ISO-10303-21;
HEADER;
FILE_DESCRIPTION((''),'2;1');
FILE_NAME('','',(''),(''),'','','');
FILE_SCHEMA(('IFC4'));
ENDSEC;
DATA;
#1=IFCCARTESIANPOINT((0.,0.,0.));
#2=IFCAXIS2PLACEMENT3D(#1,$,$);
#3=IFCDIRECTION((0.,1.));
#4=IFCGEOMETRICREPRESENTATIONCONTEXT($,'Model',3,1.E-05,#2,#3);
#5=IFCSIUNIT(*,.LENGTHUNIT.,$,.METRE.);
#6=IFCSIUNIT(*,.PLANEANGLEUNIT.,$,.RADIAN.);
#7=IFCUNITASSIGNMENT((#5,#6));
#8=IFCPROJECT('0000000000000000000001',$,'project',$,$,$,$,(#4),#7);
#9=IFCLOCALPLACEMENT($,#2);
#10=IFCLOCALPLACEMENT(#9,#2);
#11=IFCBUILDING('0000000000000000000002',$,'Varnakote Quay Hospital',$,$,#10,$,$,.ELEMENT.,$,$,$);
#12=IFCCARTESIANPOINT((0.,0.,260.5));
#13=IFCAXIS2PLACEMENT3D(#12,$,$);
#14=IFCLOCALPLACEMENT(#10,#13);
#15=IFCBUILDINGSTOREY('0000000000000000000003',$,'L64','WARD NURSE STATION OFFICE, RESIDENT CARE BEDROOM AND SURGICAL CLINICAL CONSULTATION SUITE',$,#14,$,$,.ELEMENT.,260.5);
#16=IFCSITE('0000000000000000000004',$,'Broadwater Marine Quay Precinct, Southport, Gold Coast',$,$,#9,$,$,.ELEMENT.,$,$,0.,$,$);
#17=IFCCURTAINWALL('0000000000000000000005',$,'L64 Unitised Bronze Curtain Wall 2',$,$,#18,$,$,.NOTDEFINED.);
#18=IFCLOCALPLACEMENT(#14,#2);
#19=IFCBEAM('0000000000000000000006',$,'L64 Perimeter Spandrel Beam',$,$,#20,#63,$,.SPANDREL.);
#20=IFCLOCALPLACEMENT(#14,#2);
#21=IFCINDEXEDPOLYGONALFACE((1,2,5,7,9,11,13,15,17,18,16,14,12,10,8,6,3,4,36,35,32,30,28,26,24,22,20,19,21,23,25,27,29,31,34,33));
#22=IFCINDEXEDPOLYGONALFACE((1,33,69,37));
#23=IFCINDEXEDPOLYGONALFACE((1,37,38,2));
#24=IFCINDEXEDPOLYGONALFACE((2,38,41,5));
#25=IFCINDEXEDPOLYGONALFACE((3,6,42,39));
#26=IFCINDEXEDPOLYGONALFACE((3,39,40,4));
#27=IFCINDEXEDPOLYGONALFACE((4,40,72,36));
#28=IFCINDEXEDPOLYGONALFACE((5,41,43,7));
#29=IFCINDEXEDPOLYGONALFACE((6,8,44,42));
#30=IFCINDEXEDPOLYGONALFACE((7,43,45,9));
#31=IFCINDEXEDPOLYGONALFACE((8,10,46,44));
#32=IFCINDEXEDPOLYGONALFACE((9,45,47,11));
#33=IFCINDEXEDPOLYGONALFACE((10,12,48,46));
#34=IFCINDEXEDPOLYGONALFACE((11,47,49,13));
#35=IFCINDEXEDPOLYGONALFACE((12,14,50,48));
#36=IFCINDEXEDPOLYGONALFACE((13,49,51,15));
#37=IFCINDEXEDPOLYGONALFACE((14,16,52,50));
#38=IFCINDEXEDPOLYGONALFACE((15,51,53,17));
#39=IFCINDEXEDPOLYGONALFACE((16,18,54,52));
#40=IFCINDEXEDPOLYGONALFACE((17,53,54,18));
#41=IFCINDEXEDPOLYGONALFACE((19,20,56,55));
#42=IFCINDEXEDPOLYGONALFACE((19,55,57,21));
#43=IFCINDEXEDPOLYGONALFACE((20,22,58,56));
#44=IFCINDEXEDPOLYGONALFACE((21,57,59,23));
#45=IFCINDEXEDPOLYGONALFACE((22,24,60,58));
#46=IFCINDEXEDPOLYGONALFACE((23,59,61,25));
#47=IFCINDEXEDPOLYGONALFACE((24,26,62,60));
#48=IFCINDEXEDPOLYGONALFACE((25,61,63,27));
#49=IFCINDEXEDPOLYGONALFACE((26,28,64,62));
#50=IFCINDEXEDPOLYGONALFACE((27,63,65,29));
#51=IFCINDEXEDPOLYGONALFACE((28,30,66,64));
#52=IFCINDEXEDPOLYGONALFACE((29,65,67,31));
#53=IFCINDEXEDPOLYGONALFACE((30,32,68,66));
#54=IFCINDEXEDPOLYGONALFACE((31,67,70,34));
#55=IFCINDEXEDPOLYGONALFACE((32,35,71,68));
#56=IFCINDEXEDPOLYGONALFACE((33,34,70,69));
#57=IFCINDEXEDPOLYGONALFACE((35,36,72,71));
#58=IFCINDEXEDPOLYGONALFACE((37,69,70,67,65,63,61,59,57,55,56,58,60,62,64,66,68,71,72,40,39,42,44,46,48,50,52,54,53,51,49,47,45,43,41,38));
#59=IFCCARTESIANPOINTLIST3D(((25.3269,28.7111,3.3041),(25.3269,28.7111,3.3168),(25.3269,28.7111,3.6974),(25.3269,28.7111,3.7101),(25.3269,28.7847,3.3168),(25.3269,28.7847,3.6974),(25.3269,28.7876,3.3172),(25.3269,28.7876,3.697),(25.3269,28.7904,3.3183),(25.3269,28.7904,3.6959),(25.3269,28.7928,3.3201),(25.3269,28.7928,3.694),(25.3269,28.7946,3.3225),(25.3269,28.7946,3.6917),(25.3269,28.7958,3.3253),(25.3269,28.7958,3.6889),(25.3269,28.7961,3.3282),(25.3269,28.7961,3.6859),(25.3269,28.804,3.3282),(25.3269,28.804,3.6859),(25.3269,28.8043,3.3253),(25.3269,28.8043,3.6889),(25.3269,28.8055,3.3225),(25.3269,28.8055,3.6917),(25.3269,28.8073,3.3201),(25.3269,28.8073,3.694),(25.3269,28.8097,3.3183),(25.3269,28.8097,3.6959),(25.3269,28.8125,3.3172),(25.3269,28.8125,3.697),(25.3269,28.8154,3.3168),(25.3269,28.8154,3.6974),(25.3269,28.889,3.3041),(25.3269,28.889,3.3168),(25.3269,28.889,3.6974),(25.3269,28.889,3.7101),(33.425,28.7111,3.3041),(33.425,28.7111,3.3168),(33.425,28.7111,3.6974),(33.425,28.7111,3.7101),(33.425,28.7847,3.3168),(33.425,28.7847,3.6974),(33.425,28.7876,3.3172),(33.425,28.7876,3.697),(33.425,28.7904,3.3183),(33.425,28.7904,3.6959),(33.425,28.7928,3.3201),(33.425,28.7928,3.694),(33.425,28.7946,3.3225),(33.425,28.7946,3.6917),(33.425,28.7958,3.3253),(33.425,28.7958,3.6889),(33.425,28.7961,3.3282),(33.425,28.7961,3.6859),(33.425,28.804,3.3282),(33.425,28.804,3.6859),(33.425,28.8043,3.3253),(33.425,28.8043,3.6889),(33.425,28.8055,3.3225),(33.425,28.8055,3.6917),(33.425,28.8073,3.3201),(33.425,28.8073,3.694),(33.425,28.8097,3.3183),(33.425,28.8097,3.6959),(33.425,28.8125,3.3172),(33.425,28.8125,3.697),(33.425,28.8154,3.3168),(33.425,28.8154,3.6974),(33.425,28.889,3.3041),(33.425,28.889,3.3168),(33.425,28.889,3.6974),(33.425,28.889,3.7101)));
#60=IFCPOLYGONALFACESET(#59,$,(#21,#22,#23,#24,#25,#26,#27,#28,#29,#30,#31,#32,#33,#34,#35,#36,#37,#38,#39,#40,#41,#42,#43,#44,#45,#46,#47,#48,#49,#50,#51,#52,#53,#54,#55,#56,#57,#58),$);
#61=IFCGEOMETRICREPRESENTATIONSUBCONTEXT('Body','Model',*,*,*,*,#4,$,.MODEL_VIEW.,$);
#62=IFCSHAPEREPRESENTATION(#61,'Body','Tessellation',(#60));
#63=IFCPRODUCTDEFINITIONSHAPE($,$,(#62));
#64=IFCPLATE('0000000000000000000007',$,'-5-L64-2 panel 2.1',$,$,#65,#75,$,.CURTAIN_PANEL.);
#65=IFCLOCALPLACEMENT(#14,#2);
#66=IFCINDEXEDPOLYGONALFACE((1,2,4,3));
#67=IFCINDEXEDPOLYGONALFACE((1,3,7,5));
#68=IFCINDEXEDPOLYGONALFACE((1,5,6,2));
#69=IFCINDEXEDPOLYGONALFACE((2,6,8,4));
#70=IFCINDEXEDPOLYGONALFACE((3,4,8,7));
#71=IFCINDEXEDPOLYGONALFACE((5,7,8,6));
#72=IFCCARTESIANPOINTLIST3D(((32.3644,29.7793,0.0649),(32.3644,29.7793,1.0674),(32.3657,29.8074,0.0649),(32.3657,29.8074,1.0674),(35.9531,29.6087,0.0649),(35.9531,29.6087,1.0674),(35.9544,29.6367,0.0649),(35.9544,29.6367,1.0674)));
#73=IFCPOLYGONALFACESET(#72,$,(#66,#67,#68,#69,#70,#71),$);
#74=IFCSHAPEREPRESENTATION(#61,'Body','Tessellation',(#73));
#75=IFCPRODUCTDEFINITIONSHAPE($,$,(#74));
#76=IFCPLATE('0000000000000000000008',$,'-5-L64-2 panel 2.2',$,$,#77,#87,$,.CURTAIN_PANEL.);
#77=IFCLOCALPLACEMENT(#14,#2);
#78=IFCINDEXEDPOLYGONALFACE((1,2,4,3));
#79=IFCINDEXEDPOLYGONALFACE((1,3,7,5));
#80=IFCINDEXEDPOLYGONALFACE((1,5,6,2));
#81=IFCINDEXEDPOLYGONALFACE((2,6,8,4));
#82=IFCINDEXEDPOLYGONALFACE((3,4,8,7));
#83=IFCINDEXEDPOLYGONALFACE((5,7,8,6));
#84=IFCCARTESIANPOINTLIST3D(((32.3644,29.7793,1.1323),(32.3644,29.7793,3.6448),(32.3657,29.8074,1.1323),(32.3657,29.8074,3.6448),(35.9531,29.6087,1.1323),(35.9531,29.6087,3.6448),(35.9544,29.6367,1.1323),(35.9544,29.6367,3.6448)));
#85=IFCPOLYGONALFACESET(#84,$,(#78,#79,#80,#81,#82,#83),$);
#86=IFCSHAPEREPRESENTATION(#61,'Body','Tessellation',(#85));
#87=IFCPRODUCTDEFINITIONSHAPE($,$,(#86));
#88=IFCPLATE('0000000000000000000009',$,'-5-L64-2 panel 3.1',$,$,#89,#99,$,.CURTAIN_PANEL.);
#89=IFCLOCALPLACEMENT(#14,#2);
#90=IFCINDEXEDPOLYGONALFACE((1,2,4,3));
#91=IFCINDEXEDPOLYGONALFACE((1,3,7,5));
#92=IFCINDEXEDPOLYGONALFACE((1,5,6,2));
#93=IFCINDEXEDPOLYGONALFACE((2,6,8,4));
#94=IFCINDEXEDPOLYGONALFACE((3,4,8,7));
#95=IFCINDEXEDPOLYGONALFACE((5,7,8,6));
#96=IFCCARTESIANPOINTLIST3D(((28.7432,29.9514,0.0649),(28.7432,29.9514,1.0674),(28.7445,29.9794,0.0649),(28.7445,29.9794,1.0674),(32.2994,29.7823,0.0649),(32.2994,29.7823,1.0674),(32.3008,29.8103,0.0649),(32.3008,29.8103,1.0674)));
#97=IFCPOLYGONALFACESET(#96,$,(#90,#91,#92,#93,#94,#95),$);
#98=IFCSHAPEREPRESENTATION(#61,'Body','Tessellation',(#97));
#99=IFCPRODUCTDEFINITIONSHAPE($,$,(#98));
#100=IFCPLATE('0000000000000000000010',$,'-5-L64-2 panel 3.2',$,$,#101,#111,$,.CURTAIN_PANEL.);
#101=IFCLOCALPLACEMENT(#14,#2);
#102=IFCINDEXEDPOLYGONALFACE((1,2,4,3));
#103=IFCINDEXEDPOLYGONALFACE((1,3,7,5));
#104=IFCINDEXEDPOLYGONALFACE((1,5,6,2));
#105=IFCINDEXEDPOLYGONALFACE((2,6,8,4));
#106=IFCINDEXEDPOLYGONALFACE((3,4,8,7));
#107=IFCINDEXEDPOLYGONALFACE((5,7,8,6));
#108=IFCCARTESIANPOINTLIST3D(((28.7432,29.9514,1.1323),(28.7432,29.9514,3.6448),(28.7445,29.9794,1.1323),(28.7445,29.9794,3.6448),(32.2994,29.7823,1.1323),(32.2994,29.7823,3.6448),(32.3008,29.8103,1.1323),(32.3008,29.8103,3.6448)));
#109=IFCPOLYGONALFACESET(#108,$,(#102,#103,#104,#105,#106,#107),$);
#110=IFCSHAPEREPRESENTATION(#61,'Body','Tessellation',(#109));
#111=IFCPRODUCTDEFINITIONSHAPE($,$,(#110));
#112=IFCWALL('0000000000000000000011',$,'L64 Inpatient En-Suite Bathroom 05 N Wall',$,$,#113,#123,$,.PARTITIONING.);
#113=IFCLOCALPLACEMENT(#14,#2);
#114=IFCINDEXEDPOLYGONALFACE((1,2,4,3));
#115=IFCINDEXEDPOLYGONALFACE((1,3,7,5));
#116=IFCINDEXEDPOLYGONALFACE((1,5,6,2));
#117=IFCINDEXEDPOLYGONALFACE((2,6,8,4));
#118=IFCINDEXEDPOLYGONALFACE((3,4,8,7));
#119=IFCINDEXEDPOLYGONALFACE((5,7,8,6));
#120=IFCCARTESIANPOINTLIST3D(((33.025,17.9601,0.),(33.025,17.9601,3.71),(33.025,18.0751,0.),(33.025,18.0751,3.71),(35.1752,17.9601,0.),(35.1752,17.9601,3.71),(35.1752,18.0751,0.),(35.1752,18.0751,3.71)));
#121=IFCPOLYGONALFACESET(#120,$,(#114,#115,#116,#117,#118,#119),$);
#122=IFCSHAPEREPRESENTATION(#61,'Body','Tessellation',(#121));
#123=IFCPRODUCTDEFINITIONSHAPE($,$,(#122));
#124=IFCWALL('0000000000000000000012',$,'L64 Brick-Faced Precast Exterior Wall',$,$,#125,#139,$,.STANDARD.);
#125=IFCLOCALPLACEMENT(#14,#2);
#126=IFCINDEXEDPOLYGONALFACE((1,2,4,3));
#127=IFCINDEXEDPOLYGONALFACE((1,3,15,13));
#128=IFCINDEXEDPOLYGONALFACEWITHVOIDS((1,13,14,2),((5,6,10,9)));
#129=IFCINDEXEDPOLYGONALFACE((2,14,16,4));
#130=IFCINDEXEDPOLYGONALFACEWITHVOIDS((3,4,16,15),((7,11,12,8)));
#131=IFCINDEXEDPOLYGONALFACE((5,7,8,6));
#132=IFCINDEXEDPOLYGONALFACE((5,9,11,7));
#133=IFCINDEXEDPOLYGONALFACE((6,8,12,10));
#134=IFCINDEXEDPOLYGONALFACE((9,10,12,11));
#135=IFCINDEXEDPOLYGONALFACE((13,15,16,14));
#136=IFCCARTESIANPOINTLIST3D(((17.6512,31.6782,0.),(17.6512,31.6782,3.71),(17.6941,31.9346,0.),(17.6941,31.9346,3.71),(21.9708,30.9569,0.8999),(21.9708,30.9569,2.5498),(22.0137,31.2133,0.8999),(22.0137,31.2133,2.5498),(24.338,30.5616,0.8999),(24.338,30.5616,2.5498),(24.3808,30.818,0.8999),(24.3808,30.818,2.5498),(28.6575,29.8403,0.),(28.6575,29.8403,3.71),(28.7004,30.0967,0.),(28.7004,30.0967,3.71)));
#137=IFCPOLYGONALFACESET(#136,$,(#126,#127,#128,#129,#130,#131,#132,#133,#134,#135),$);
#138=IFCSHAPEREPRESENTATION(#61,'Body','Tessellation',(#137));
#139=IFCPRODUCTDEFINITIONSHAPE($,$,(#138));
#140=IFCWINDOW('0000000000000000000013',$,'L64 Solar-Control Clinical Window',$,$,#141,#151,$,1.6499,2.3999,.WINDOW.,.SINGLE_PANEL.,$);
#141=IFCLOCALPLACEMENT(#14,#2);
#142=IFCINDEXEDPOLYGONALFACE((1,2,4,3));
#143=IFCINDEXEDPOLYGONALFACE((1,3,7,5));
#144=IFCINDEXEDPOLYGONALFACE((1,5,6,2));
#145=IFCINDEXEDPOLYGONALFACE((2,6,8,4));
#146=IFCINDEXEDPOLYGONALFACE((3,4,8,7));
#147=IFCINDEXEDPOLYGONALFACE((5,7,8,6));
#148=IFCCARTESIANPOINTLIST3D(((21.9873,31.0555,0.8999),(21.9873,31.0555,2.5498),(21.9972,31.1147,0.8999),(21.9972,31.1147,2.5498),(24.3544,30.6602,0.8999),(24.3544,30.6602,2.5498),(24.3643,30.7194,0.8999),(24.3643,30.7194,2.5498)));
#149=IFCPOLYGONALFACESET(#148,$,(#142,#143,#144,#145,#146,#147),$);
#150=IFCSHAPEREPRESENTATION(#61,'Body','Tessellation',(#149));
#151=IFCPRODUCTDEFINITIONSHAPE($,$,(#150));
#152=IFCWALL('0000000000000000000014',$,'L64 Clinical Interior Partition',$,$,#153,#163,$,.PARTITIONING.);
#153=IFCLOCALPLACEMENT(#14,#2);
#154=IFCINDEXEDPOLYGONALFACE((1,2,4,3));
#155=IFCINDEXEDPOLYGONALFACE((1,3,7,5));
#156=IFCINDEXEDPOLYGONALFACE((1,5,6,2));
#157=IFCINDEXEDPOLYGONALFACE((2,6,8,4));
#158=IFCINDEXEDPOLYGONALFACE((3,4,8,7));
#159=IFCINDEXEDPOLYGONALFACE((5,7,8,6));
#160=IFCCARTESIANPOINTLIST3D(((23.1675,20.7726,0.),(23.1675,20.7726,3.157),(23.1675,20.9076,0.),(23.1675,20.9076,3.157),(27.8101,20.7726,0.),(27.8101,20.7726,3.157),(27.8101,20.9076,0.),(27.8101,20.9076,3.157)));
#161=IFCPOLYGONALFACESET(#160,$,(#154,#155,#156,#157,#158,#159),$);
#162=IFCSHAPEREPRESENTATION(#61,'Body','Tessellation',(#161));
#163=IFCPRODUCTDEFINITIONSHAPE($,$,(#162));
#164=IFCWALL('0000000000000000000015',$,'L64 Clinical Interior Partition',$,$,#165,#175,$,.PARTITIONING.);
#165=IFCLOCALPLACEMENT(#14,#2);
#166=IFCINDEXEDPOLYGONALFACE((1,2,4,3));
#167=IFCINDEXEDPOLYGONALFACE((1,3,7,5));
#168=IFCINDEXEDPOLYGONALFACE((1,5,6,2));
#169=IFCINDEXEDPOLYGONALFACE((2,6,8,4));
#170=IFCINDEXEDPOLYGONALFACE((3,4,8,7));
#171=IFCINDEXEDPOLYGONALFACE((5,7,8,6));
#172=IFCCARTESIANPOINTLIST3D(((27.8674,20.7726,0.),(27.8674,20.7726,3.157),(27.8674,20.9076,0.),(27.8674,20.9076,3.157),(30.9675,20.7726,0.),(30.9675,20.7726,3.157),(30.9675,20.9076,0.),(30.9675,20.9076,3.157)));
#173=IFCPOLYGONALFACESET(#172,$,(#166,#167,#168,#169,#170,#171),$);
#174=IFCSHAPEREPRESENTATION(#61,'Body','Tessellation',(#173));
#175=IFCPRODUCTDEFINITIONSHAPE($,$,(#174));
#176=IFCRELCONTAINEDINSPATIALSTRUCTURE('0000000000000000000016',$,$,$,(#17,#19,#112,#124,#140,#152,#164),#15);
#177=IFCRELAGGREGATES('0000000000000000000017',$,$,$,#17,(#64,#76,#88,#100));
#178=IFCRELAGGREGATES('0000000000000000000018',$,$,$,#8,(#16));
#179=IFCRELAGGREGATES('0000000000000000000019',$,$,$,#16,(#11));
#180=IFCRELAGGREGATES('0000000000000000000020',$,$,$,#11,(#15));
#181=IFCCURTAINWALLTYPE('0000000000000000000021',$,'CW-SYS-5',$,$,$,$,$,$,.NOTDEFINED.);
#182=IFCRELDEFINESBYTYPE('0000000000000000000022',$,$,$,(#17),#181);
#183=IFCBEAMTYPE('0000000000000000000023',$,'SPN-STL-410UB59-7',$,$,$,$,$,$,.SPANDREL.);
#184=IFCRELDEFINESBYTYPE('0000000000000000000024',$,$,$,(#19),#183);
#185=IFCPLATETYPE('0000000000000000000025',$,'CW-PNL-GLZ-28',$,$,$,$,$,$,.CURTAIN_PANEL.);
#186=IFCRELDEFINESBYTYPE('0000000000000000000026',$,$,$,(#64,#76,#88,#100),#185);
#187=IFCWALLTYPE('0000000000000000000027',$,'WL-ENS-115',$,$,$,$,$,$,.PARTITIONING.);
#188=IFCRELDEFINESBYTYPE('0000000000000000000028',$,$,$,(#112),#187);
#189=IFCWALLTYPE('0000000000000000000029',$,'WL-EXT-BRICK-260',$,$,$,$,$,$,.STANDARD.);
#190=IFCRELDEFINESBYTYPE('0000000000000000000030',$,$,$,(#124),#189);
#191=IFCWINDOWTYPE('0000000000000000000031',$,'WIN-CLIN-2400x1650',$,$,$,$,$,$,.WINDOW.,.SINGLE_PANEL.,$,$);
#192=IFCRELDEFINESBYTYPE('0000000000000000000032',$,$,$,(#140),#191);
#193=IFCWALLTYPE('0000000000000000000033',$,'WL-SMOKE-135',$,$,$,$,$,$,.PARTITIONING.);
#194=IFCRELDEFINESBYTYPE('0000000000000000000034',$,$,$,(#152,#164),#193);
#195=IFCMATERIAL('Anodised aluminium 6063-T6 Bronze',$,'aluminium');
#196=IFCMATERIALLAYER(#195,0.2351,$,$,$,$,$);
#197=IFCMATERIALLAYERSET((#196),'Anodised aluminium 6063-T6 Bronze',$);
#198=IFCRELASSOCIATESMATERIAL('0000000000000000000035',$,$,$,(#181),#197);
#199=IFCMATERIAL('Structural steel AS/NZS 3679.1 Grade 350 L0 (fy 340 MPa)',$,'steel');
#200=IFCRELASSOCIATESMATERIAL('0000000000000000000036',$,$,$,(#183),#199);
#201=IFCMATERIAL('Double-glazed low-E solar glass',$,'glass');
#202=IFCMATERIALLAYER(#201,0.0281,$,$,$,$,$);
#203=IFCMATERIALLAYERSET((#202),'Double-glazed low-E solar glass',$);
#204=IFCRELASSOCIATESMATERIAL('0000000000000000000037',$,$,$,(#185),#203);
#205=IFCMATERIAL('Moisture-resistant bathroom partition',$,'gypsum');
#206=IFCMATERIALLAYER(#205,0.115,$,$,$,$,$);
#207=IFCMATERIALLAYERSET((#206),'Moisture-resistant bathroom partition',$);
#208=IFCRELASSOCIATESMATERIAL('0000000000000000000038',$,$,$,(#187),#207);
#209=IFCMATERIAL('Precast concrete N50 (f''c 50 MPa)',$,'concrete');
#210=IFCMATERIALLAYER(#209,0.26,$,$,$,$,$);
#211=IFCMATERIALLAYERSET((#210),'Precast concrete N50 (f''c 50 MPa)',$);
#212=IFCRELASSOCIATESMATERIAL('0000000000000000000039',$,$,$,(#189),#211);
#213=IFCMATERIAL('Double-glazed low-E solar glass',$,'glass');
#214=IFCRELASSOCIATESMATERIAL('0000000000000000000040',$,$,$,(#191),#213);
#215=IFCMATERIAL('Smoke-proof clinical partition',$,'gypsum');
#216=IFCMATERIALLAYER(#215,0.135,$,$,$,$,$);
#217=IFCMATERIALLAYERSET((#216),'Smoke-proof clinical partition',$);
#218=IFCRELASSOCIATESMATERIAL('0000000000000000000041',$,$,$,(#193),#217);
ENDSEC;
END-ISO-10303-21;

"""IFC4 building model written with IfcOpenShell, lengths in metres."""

from ifc_helpers import new_model, si_unit, direction, frame, frame_2d, origin, origin_2d, place, context, subcontext, project, spatial, rectangle, i_section, extrude, material, layer, layer_set, material_profile, profile_set, type_object, element, fill, aggregate, save


model = new_model("IFC4")

# Units and contexts
model_context = context("Model", 3, precision=1e-05, world=origin(), true_north=direction((0.0, 1.0)))
body_context = subcontext(model_context, "Body", "Model", "MODEL_VIEW")
ifc_project = project(units=[si_unit("LENGTHUNIT", "METRE"), si_unit("PLANEANGLEUNIT", "RADIAN")], contexts=[model_context])

# Site, building, storey
site_placement = place(None, origin())
site = spatial("IfcSite", under=ifc_project, at=site_placement, Name="Broadwater Marine Quay Precinct, Southport, Gold Coast", CompositionType="ELEMENT", RefElevation=0.0)
building_placement = place(site_placement, origin())
building = spatial("IfcBuilding", under=site, at=building_placement, Name="Varnakote Quay Hospital", CompositionType="ELEMENT")
storey_placement = place(building_placement, frame((0.0, 0.0, 260.5)))
storey = spatial("IfcBuildingStorey", under=building, at=storey_placement, Name="L64", Description="WARD NURSE STATION OFFICE, RESIDENT CARE BEDROOM AND SURGICAL CLINICAL CONSULTATION SUITE", CompositionType="ELEMENT", Elevation=260.5)

# Curtain wall
ifc_material_1 = material(Name="Anodised aluminium 6063-T6 Bronze", Category="aluminium")
ifc_layer_1 = layer(ifc_material_1, 0.2351)
ifc_layer_set_1 = layer_set([ifc_layer_1], Name="Anodised aluminium 6063-T6 Bronze")
curtain_wall_type = type_object("IfcCurtainWallType", Name="CW-SYS-5", PredefinedType="NOTDEFINED", material=ifc_layer_set_1)
curtain_wall_placement = place(storey_placement, origin())
curtain_wall = element("IfcCurtainWall", 1, at=curtain_wall_placement, inside=storey, type_object=curtain_wall_type, Name="L64 Unitised Bronze Curtain Wall 2", PredefinedType="NOTDEFINED")

# Beam
ifc_material_2 = material(Name="Structural steel AS/NZS 3679.1 Grade 350 L0 (fy 340 MPa)", Category="steel")
ifc_material_profile_1 = material_profile(ifc_material_2, i_section(OverallWidth=0.178, OverallDepth=0.406, WebThickness=0.0078, FlangeThickness=0.0127, FilletRadius=0.0115, at=origin_2d()), Name="410UB59.7")
ifc_profile_set_1 = profile_set([ifc_material_profile_1], Name="Structural steel AS/NZS 3679.1 Grade 350 L0 (fy 340 MPa)")
beam_type_1 = type_object("IfcBeamType", Name="SPN-STL-410UB59-7", PredefinedType="SPANDREL", material=ifc_profile_set_1)
beam_1_placement = place(storey_placement, frame((25.3269, 28.8, 3.5071), z_axis=(1.0, 0.0, 0.0), x_axis=(0.0, 1.0, 0.0)))
element("IfcBeam", 2, at=beam_1_placement, inside=storey, type_object=beam_type_1, Name="L64 Perimeter Spandrel Beam", PredefinedType="SPANDREL", context=body_context, shape_type="SweptSolid", body=[
    extrude(i_section(OverallWidth=0.178, OverallDepth=0.406, WebThickness=0.0078, FlangeThickness=0.0127, FilletRadius=0.0115, at=origin_2d()), origin(), (0.0, 0.0, 1.0), 8.0981),
])

# Plates
ifc_material_3 = material(Name="Double-glazed low-E solar glass", Category="glass")
ifc_layer_2 = layer(ifc_material_3, 0.0281)
ifc_layer_set_2 = layer_set([ifc_layer_2], Name="Double-glazed low-E solar glass")
plate_type = type_object("IfcPlateType", Name="CW-PNL-GLZ-28", PredefinedType="CURTAIN_PANEL", material=ifc_layer_set_2)
plate_1_placement = place(storey_placement, frame((34.1594, 29.708, 0.0649), z_axis=(0.0, 0.0, 1.0), x_axis=(-0.998871, 0.047497, 0.0)))
plate_1 = element("IfcPlate", 3, at=plate_1_placement, type_object=plate_type, Name="-5-L64-2 panel 2.1", PredefinedType="CURTAIN_PANEL", context=body_context, shape_type="SweptSolid", body=[
    extrude(rectangle(XDim=3.5928, YDim=0.0281, at=origin_2d()), origin(), (0.0, 0.0, 1.0), 1.0024),
])
plate_2_placement = place(storey_placement, frame((34.1594, 29.708, 1.1323), z_axis=(0.0, 0.0, 1.0), x_axis=(-0.998871, 0.047497, 0.0)))
plate_2 = element("IfcPlate", 4, at=plate_2_placement, type_object=plate_type, Name="-5-L64-2 panel 2.2", PredefinedType="CURTAIN_PANEL", context=body_context, shape_type="SweptSolid", body=[
    extrude(rectangle(XDim=3.5928, YDim=0.0281, at=origin_2d()), origin(), (0.0, 0.0, 1.0), 2.5125),
])
plate_3_placement = place(storey_placement, frame((30.522, 29.8809, 0.0649), z_axis=(0.0, 0.0, 1.0), x_axis=(-0.998871, 0.047497, 0.0)))
plate_3 = element("IfcPlate", 5, at=plate_3_placement, type_object=plate_type, Name="-5-L64-2 panel 3.1", PredefinedType="CURTAIN_PANEL", context=body_context, shape_type="SweptSolid", body=[
    extrude(rectangle(XDim=3.5603, YDim=0.0281, at=origin_2d()), origin(), (0.0, 0.0, 1.0), 1.0024),
])
plate_4_placement = place(storey_placement, frame((30.522, 29.8809, 1.1323), z_axis=(0.0, 0.0, 1.0), x_axis=(-0.998871, 0.047497, 0.0)))
plate_4 = element("IfcPlate", 6, at=plate_4_placement, type_object=plate_type, Name="-5-L64-2 panel 3.2", PredefinedType="CURTAIN_PANEL", context=body_context, shape_type="SweptSolid", body=[
    extrude(rectangle(XDim=3.5603, YDim=0.0281, at=origin_2d()), origin(), (0.0, 0.0, 1.0), 2.5125),
])
aggregate(curtain_wall, [plate_1, plate_2, plate_3, plate_4])

# Wall
ifc_material_4 = material(Name="Moisture-resistant bathroom partition", Category="gypsum")
ifc_layer_3 = layer(ifc_material_4, 0.115)
ifc_layer_set_3 = layer_set([ifc_layer_3], Name="Moisture-resistant bathroom partition")
wall_type_1 = type_object("IfcWallType", Name="WL-ENS-115", PredefinedType="PARTITIONING", material=ifc_layer_set_3)
wall_1_placement = place(storey_placement, frame((33.0249, 18.0176, 0.0), z_axis=(0.0, 0.0, 1.0), x_axis=(1.0, 0.0, 0.0)))
element("IfcWall", 7, at=wall_1_placement, inside=storey, type_object=wall_type_1, Name="L64 Inpatient En-Suite Bathroom 05 N Wall", PredefinedType="PARTITIONING", context=body_context, shape_type="SweptSolid", body=[
    extrude(rectangle(XDim=2.1501, YDim=0.115, at=frame_2d((1.0752, 0.0))), origin(), (0.0, 0.0, 1.0), 3.71),
])

# Wall, opening, window
ifc_material_5 = material(Name="Precast concrete N50 (f'c 50 MPa)", Category="concrete")
ifc_layer_4 = layer(ifc_material_5, 0.26)
ifc_layer_set_4 = layer_set([ifc_layer_4], Name="Precast concrete N50 (f'c 50 MPa)")
wall_type_2 = type_object("IfcWallType", Name="WL-EXT-BRICK-260", PredefinedType="STANDARD", material=ifc_layer_set_4)
wall_2_placement = place(storey_placement, frame((28.679, 29.9685, 0.0), z_axis=(0.0, 0.0, 1.0), x_axis=(-0.986343, 0.164704, 0.0)))
wall_2 = element("IfcWall", 8, at=wall_2_placement, inside=storey, type_object=wall_type_2, Name="L64 Brick-Faced Precast Exterior Wall", PredefinedType="STANDARD", context=body_context, shape_type="SweptSolid", body=[
    extrude(rectangle(XDim=11.1587, YDim=0.26, at=frame_2d((5.5793, 0.0))), origin(), (0.0, 0.0, 1.0), 3.71),
])
opening_1_placement = place(wall_2_placement, frame((4.3794, 0.0, 0.8999)))
opening_1 = element("IfcOpeningElement", 9, at=opening_1_placement, cuts=wall_2, PredefinedType="OPENING", context=body_context, shape_type="SweptSolid", body=[
    extrude(rectangle(XDim=2.3999, YDim=1.6499, at=frame_2d((1.2, 0.825))), frame((0.0, 0.1399, 0.0), z_axis=(0.0, -1.0, 0.0), x_axis=(1.0, 0.0, 0.0)), (0.0, 0.0, 1.0), 0.28),
])
ifc_material_6 = material(Name="Double-glazed low-E solar glass", Category="glass")
window_type = type_object("IfcWindowType", Name="WIN-CLIN-2400x1650", PartitioningType="SINGLE_PANEL", PredefinedType="WINDOW", material=ifc_material_6)
window_placement = place(opening_1_placement, origin())
window = element("IfcWindow", 10, at=window_placement, inside=storey, type_object=window_type, Name="L64 Solar-Control Clinical Window", OverallHeight=1.6499, OverallWidth=2.3999, PartitioningType="SINGLE_PANEL", PredefinedType="WINDOW", context=body_context, shape_type="SweptSolid", body=[
    extrude(rectangle(XDim=2.3999, YDim=1.6499, at=frame_2d((1.2, 0.825))), frame((0.0, 0.03, 0.0), z_axis=(0.0, -1.0, 0.0), x_axis=(1.0, 0.0, 0.0)), (0.0, 0.0, 1.0), 0.0601),
])
fill(opening_1, window)

# Walls
ifc_material_7 = material(Name="Smoke-proof clinical partition", Category="gypsum")
ifc_layer_5 = layer(ifc_material_7, 0.135)
ifc_layer_set_5 = layer_set([ifc_layer_5], Name="Smoke-proof clinical partition")
wall_type_3 = type_object("IfcWallType", Name="WL-SMOKE-135", PredefinedType="PARTITIONING", material=ifc_layer_set_5)
wall_3_placement = place(storey_placement, frame((27.8101, 20.8401, 0.0), z_axis=(0.0, 0.0, 1.0), x_axis=(-1.0, 0.0, 0.0)))
element("IfcWall", 11, at=wall_3_placement, inside=storey, type_object=wall_type_3, Name="L64 Clinical Interior Partition", PredefinedType="PARTITIONING", context=body_context, shape_type="SweptSolid", body=[
    extrude(rectangle(XDim=4.6426, YDim=0.135, at=frame_2d((2.3213, 0.0))), origin(), (0.0, 0.0, 1.0), 3.157),
])
wall_4_placement = place(storey_placement, frame((30.9675, 20.8401, 0.0), z_axis=(0.0, 0.0, 1.0), x_axis=(-1.0, 0.0, 0.0)))
element("IfcWall", 12, at=wall_4_placement, inside=storey, type_object=wall_type_3, Name="L64 Clinical Interior Partition", PredefinedType="PARTITIONING", context=body_context, shape_type="SweptSolid", body=[
    extrude(rectangle(XDim=3.1001, YDim=0.135, at=frame_2d((1.55, 0.0))), origin(), (0.0, 0.0, 1.0), 3.157),
])

save(model, "model.ifc")
